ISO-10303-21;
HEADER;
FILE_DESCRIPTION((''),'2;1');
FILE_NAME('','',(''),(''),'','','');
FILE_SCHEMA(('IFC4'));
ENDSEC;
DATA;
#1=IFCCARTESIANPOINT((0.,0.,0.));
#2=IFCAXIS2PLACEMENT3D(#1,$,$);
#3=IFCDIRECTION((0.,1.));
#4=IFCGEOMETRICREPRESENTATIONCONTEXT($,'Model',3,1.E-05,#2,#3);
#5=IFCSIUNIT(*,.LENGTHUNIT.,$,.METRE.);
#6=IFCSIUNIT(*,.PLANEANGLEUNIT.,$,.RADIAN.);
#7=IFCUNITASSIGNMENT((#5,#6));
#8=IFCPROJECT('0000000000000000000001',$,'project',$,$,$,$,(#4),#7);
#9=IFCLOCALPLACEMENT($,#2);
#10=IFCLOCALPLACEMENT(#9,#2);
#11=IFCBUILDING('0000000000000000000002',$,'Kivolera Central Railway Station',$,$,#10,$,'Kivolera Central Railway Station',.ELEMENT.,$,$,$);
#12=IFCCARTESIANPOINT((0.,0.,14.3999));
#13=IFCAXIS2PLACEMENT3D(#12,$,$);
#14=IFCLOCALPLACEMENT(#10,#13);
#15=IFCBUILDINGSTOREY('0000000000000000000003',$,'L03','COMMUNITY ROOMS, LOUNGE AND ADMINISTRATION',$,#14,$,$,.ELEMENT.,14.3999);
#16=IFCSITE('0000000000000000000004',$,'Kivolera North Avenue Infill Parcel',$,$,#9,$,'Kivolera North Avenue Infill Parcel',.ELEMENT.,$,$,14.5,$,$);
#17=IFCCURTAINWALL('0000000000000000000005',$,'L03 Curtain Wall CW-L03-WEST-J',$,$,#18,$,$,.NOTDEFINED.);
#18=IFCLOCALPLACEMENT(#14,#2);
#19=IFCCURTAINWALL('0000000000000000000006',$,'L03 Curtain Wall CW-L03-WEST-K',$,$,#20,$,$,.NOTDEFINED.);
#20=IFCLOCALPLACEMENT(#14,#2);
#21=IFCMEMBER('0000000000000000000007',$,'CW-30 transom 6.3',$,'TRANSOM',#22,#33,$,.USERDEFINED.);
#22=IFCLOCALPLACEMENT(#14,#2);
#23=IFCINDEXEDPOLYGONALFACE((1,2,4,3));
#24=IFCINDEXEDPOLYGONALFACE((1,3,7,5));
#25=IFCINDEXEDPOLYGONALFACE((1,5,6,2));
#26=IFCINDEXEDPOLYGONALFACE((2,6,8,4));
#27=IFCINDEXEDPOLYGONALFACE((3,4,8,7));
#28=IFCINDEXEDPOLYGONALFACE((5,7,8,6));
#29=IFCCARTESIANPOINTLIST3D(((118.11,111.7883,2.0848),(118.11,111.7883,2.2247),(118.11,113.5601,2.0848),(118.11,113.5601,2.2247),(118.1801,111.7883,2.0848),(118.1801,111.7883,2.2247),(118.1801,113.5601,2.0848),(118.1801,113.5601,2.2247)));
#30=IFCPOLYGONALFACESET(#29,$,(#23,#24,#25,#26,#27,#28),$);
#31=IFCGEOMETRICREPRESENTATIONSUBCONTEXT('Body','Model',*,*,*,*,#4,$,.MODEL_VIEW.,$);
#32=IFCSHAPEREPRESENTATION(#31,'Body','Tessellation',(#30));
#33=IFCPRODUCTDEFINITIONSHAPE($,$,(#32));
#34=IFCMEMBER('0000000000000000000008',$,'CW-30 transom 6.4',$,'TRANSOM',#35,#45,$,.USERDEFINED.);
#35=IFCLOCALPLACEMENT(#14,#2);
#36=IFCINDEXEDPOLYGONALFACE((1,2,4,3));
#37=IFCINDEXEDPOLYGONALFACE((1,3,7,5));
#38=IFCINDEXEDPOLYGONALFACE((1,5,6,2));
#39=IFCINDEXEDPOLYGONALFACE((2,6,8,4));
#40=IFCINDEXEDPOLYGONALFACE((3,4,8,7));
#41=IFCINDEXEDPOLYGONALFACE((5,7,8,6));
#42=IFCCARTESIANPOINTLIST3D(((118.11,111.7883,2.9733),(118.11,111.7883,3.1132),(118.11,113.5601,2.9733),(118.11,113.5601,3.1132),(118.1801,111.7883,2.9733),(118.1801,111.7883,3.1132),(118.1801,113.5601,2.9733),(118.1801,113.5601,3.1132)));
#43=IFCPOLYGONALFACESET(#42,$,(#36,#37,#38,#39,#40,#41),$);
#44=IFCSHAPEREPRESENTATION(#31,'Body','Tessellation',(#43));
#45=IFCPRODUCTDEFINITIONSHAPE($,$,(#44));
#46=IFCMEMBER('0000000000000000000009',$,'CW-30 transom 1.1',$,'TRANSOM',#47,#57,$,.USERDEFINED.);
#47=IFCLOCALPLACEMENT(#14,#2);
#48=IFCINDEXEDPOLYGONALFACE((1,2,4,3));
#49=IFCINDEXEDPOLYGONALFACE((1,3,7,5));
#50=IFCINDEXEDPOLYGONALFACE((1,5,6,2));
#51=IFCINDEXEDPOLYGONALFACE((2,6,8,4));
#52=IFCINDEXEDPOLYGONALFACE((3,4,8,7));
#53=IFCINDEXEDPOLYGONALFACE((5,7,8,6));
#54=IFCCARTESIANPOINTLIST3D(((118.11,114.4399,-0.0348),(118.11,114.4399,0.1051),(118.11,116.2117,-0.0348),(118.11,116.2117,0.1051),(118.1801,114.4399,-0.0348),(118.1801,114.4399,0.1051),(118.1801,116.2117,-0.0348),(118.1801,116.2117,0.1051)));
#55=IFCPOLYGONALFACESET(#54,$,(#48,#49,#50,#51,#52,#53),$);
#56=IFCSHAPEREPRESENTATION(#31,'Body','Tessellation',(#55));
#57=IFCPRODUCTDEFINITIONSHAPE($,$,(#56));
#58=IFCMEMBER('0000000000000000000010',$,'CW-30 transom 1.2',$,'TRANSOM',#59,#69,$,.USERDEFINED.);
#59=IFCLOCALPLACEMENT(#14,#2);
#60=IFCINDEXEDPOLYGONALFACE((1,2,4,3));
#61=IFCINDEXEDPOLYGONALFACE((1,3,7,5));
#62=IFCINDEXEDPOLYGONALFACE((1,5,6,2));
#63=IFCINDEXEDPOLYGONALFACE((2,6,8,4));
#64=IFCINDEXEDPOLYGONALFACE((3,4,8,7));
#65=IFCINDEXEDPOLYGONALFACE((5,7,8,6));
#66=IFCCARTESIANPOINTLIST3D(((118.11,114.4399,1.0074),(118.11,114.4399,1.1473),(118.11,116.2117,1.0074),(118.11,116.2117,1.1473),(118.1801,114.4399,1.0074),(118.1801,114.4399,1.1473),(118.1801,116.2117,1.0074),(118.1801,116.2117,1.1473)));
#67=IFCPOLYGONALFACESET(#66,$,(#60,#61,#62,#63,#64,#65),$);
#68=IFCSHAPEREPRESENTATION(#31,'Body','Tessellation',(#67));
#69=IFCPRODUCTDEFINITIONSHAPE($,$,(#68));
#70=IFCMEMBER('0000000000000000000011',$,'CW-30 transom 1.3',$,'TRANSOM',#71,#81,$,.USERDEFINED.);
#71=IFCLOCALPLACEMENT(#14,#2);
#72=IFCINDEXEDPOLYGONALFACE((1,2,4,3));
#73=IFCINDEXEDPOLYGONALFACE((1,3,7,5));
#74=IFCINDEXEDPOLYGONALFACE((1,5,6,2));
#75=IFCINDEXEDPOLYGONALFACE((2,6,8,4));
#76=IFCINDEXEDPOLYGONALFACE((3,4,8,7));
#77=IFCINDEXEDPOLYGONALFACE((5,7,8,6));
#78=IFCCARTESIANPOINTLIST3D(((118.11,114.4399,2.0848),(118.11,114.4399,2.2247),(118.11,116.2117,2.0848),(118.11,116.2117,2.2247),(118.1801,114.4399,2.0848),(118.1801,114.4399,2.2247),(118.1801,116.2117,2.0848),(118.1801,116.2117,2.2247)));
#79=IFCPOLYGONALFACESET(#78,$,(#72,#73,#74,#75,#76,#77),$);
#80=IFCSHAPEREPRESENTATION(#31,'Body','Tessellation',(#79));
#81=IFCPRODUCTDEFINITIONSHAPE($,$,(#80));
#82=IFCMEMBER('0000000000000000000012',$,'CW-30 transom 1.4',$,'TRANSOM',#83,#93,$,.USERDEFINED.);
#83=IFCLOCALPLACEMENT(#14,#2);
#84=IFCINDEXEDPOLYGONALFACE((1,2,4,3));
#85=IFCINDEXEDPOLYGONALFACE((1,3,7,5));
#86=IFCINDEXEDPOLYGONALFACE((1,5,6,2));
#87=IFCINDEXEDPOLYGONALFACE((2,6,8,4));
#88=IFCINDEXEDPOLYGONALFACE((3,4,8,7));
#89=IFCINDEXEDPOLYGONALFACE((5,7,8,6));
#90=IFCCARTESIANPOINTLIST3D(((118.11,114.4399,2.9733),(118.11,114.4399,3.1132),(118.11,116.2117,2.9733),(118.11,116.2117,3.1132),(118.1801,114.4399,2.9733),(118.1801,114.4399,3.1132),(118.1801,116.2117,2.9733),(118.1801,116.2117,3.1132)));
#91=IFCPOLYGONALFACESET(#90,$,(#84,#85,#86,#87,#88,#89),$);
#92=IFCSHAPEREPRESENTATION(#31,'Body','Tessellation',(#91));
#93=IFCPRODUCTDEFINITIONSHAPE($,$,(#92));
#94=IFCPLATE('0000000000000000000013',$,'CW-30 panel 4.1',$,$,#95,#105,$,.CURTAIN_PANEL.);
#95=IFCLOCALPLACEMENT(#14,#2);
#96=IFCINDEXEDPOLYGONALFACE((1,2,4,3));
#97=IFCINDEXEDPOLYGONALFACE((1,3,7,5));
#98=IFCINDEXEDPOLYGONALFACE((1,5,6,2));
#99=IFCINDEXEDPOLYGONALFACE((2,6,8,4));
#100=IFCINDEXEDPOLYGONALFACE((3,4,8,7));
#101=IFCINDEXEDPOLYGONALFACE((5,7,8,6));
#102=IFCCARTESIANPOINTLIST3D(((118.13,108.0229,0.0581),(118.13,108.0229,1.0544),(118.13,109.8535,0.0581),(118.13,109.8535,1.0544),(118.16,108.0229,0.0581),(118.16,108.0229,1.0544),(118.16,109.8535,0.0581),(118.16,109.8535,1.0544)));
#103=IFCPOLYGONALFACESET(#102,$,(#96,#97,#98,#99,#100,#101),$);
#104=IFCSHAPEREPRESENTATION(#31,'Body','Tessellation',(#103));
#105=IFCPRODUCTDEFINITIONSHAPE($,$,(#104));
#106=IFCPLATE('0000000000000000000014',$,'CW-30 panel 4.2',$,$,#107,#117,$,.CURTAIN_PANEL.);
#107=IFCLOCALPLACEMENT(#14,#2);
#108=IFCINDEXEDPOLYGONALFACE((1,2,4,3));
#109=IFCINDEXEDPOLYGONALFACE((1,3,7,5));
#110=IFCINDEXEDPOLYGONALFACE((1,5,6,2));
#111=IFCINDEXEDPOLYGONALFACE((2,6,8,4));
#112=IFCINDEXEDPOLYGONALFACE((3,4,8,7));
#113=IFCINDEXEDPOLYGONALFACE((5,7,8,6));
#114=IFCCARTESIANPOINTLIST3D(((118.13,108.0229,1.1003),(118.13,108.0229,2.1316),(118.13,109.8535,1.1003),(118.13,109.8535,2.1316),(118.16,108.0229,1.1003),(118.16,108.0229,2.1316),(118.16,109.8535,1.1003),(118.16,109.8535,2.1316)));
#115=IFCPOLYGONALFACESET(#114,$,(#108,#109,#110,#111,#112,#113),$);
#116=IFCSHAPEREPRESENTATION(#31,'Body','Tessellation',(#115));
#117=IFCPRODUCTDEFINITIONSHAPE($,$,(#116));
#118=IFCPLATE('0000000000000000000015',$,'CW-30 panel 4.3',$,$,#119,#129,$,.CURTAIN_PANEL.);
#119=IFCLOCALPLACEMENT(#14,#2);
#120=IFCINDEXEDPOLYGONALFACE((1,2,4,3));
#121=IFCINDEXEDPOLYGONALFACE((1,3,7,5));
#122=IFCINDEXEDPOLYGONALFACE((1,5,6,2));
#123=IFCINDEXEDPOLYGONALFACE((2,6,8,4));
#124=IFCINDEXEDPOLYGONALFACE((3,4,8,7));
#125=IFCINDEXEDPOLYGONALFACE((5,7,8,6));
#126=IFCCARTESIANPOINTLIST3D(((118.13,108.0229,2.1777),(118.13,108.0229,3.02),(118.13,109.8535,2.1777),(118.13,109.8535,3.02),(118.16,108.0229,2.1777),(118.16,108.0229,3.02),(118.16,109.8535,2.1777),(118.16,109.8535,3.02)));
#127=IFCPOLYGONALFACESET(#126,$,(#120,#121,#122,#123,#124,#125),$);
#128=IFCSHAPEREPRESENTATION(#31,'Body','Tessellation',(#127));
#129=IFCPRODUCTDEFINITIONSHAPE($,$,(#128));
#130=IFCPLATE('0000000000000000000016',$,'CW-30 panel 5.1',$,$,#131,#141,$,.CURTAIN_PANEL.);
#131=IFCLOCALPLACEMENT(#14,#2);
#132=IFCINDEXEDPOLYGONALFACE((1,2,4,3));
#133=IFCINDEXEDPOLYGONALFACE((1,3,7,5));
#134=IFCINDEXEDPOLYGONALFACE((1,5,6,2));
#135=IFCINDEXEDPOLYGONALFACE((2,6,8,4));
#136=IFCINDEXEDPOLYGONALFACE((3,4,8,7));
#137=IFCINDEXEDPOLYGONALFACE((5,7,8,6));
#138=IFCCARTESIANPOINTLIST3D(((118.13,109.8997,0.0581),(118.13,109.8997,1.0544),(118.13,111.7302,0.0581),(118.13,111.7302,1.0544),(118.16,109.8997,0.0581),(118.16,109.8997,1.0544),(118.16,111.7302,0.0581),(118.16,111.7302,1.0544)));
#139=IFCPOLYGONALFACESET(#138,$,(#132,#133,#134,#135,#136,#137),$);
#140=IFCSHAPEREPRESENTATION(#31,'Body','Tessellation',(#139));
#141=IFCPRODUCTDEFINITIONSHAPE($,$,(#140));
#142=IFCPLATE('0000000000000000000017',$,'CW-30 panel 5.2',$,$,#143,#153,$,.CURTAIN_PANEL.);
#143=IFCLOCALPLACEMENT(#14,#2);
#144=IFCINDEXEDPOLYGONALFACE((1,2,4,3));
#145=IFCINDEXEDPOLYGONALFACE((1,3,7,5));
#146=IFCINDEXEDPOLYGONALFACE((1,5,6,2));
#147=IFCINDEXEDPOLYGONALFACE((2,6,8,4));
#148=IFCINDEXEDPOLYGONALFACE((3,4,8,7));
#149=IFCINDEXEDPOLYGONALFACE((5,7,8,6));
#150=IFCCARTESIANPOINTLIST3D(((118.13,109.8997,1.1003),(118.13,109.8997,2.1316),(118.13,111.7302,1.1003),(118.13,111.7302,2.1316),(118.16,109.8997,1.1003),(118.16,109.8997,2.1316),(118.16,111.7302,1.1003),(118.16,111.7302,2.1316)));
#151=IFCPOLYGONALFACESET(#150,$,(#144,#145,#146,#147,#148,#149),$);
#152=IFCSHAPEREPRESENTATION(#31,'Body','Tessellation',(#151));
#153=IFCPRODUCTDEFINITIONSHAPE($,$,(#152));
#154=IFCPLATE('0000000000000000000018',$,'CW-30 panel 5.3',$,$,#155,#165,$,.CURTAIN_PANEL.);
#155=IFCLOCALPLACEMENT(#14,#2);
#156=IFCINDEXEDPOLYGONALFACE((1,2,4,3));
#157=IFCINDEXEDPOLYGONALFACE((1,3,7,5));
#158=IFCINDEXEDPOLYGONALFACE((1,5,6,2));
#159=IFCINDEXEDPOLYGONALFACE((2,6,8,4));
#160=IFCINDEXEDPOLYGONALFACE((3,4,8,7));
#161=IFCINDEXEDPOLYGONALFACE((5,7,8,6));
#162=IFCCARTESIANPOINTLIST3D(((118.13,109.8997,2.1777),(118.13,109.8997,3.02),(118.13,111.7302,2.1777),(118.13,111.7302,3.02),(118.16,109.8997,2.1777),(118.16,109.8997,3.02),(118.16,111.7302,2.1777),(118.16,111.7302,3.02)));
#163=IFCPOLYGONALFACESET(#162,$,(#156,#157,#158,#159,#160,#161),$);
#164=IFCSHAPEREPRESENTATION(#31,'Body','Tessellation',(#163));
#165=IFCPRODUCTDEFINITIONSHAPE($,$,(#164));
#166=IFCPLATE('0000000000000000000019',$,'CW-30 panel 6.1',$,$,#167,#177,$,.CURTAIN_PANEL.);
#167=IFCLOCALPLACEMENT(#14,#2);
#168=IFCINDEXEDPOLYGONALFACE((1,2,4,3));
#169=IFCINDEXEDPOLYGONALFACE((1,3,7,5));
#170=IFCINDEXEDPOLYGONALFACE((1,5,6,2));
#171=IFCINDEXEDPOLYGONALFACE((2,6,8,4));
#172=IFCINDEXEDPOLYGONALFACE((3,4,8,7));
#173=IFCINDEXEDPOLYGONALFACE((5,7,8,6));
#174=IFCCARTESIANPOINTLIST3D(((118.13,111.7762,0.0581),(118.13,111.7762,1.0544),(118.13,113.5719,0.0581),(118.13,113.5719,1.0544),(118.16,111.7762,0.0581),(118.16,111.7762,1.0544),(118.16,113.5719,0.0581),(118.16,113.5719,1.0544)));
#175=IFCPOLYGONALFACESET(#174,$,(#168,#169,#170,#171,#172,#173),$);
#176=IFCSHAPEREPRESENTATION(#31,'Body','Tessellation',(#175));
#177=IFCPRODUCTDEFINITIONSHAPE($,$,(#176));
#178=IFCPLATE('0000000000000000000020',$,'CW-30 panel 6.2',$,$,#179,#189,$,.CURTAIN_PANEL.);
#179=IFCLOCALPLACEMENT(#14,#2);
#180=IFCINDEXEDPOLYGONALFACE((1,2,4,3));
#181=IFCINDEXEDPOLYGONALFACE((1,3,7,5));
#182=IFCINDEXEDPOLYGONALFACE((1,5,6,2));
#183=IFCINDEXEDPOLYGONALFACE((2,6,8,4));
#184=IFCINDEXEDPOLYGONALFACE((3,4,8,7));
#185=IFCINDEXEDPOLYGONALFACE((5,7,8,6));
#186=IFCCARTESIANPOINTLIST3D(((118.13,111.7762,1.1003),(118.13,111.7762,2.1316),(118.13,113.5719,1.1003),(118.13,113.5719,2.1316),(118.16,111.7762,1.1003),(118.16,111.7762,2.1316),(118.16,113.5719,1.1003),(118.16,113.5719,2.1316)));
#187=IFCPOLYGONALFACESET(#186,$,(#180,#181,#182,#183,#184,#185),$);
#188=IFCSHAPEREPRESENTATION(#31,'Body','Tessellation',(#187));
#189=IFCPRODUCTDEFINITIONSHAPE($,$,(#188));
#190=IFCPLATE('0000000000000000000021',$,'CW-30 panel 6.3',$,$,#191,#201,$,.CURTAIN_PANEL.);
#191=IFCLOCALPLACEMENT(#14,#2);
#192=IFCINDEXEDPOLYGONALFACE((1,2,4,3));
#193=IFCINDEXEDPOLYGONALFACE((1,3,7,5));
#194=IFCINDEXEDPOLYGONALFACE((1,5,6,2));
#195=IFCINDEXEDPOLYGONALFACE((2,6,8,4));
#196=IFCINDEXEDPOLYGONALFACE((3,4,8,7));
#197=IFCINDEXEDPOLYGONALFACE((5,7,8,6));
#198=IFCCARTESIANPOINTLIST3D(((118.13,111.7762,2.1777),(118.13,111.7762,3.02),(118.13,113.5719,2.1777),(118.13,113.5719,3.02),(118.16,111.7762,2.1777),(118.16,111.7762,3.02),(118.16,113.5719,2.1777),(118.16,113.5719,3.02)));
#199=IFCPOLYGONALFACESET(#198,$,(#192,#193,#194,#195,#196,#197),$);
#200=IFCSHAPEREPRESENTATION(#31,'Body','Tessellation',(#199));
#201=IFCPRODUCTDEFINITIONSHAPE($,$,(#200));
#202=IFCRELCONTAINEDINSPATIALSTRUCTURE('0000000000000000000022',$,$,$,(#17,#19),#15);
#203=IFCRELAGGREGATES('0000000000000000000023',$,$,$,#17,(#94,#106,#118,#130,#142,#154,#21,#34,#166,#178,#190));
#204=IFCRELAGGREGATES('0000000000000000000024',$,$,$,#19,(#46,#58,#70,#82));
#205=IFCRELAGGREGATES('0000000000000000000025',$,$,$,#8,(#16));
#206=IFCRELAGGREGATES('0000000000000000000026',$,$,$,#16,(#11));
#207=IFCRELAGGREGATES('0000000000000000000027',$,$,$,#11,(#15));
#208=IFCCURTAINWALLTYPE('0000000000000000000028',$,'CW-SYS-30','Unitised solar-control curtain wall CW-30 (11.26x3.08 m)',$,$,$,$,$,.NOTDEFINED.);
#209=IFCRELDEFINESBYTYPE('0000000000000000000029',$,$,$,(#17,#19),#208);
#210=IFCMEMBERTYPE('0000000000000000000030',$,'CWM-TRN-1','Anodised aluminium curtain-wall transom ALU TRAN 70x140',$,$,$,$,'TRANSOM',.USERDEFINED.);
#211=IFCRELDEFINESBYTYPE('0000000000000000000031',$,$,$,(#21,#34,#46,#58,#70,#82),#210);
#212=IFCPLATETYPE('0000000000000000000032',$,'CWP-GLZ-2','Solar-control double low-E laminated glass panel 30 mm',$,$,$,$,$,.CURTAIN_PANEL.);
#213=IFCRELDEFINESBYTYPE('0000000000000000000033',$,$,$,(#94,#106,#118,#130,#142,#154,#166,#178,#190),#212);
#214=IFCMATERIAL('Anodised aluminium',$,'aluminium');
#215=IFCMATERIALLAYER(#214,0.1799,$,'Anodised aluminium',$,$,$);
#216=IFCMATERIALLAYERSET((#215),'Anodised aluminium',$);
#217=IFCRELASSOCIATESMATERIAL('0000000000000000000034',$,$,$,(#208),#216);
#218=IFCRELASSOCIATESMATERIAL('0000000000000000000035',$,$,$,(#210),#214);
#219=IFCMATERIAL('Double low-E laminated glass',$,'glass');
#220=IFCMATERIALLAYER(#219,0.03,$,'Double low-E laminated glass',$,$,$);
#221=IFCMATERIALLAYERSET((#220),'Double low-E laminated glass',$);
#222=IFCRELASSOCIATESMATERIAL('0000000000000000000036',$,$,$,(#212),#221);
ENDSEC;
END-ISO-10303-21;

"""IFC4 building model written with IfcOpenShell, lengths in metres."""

from ifc_helpers import new_model, si_unit, direction, frame, origin, origin_2d, place, context, subcontext, project, spatial, rectangle, extrude, material, layer, layer_set, material_profile, profile_set, type_object, element, aggregate, save


model = new_model("IFC4")

# Units and contexts
model_context = context("Model", 3, precision=1e-05, world=origin(), true_north=direction((0.0, 1.0)))
body_context = subcontext(model_context, "Body", "Model", "MODEL_VIEW")
ifc_project = project(units=[si_unit("LENGTHUNIT", "METRE"), si_unit("PLANEANGLEUNIT", "RADIAN")], contexts=[model_context])

# Site, building, storey
site_placement = place(None, origin())
site = spatial("IfcSite", under=ifc_project, at=site_placement, Name="Kivolera North Avenue Infill Parcel", LongName="Kivolera North Avenue Infill Parcel", CompositionType="ELEMENT", RefElevation=14.5)
building_placement = place(site_placement, origin())
building = spatial("IfcBuilding", under=site, at=building_placement, Name="Kivolera Central Railway Station", LongName="Kivolera Central Railway Station", CompositionType="ELEMENT")
storey_placement = place(building_placement, frame((0.0, 0.0, 14.3999)))
storey = spatial("IfcBuildingStorey", under=building, at=storey_placement, Name="L03", Description="COMMUNITY ROOMS, LOUNGE AND ADMINISTRATION", CompositionType="ELEMENT", Elevation=14.3999)

# Curtain wall
ifc_material_1 = material(Name="Anodised aluminium", Category="aluminium")
ifc_layer_1 = layer(ifc_material_1, 0.1799, Name="Anodised aluminium")
ifc_layer_set_1 = layer_set([ifc_layer_1], Name="Anodised aluminium")
curtain_wall_type = type_object("IfcCurtainWallType", Name="CW-SYS-30", Description="Unitised solar-control curtain wall CW-30 (11.26x3.08 m)", PredefinedType="NOTDEFINED", material=ifc_layer_set_1)
curtain_wall_1_placement = place(storey_placement, origin())
curtain_wall_1 = element("IfcCurtainWall", 1, at=curtain_wall_1_placement, inside=storey, type_object=curtain_wall_type, Name="L03 Curtain Wall CW-L03-WEST-J", PredefinedType="NOTDEFINED")

# Curtain wall
curtain_wall_2_placement = place(storey_placement, origin())
curtain_wall_2 = element("IfcCurtainWall", 2, at=curtain_wall_2_placement, inside=storey, type_object=curtain_wall_type, Name="L03 Curtain Wall CW-L03-WEST-K", PredefinedType="NOTDEFINED")

# Members
ifc_material_profile_1 = material_profile(ifc_material_1, rectangle(XDim=0.0701, YDim=0.1399, at=origin_2d()), Name="ALU TRAN 70x140")
ifc_profile_set_1 = profile_set([ifc_material_profile_1], Name="Anodised aluminium")
member_type_1 = type_object("IfcMemberType", Name="CWM-TRN-1", Description="Anodised aluminium curtain-wall transom ALU TRAN 70x140", ElementType="TRANSOM", PredefinedType="USERDEFINED", material=ifc_profile_set_1)
member_1_placement = place(storey_placement, frame((118.145, 111.7883, 2.1548), z_axis=(0.0, 1.0, 0.0), x_axis=(-1.0, 0.0, 0.0)))
member_1 = element("IfcMember", 3, at=member_1_placement, type_object=member_type_1, Name="CW-30 transom 6.3", ObjectType="TRANSOM", PredefinedType="USERDEFINED", context=body_context, shape_type="SweptSolid", body=[
    extrude(rectangle(XDim=0.0701, YDim=0.1399, at=origin_2d()), origin(), (0.0, 0.0, 1.0), 1.7717),
])
member_2_placement = place(storey_placement, frame((118.145, 111.7883, 3.0432), z_axis=(0.0, 1.0, 0.0), x_axis=(-1.0, 0.0, 0.0)))
member_2 = element("IfcMember", 4, at=member_2_placement, type_object=member_type_1, Name="CW-30 transom 6.4", ObjectType="TRANSOM", PredefinedType="USERDEFINED", context=body_context, shape_type="SweptSolid", body=[
    extrude(rectangle(XDim=0.0701, YDim=0.1399, at=origin_2d()), origin(), (0.0, 0.0, 1.0), 1.7717),
])
member_3_placement = place(storey_placement, frame((118.145, 114.4399, 0.0352), z_axis=(0.0, 1.0, 0.0), x_axis=(-1.0, 0.0, 0.0)))
member_3 = element("IfcMember", 5, at=member_3_placement, type_object=member_type_1, Name="CW-30 transom 1.1", ObjectType="TRANSOM", PredefinedType="USERDEFINED", context=body_context, shape_type="SweptSolid", body=[
    extrude(rectangle(XDim=0.0701, YDim=0.1399, at=origin_2d()), origin(), (0.0, 0.0, 1.0), 1.7717),
])
member_4_placement = place(storey_placement, frame((118.145, 114.4399, 1.0774), z_axis=(0.0, 1.0, 0.0), x_axis=(-1.0, 0.0, 0.0)))
member_4 = element("IfcMember", 6, at=member_4_placement, type_object=member_type_1, Name="CW-30 transom 1.2", ObjectType="TRANSOM", PredefinedType="USERDEFINED", context=body_context, shape_type="SweptSolid", body=[
    extrude(rectangle(XDim=0.0701, YDim=0.1399, at=origin_2d()), origin(), (0.0, 0.0, 1.0), 1.7717),
])
member_5_placement = place(storey_placement, frame((118.145, 114.4399, 2.1548), z_axis=(0.0, 1.0, 0.0), x_axis=(-1.0, 0.0, 0.0)))
member_5 = element("IfcMember", 7, at=member_5_placement, type_object=member_type_1, Name="CW-30 transom 1.3", ObjectType="TRANSOM", PredefinedType="USERDEFINED", context=body_context, shape_type="SweptSolid", body=[
    extrude(rectangle(XDim=0.0701, YDim=0.1399, at=origin_2d()), origin(), (0.0, 0.0, 1.0), 1.7717),
])
member_6_placement = place(storey_placement, frame((118.145, 114.4399, 3.0432), z_axis=(0.0, 1.0, 0.0), x_axis=(-1.0, 0.0, 0.0)))
member_6 = element("IfcMember", 8, at=member_6_placement, type_object=member_type_1, Name="CW-30 transom 1.4", ObjectType="TRANSOM", PredefinedType="USERDEFINED", context=body_context, shape_type="SweptSolid", body=[
    extrude(rectangle(XDim=0.0701, YDim=0.1399, at=origin_2d()), origin(), (0.0, 0.0, 1.0), 1.7717),
])

# Plates
ifc_material_2 = material(Name="Double low-E laminated glass", Category="glass")
ifc_layer_2 = layer(ifc_material_2, 0.03, Name="Double low-E laminated glass")
ifc_layer_set_2 = layer_set([ifc_layer_2], Name="Double low-E laminated glass")
plate_type = type_object("IfcPlateType", Name="CWP-GLZ-2", Description="Solar-control double low-E laminated glass panel 30 mm", PredefinedType="CURTAIN_PANEL", material=ifc_layer_set_2)
plate_1_placement = place(storey_placement, frame((118.145, 108.9382, 0.0581), z_axis=(0.0, 0.0, 1.0), x_axis=(0.0, 1.0, 0.0)))
plate_1 = element("IfcPlate", 9, at=plate_1_placement, type_object=plate_type, Name="CW-30 panel 4.1", PredefinedType="CURTAIN_PANEL", context=body_context, shape_type="SweptSolid", body=[
    extrude(rectangle(XDim=1.8306, YDim=0.03, at=origin_2d()), origin(), (0.0, 0.0, 1.0), 0.9963),
])
plate_2_placement = place(storey_placement, frame((118.145, 108.9382, 1.1003), z_axis=(0.0, 0.0, 1.0), x_axis=(0.0, 1.0, 0.0)))
plate_2 = element("IfcPlate", 10, at=plate_2_placement, type_object=plate_type, Name="CW-30 panel 4.2", PredefinedType="CURTAIN_PANEL", context=body_context, shape_type="SweptSolid", body=[
    extrude(rectangle(XDim=1.8306, YDim=0.03, at=origin_2d()), origin(), (0.0, 0.0, 1.0), 1.0312),
])
plate_3_placement = place(storey_placement, frame((118.145, 108.9382, 2.1777), z_axis=(0.0, 0.0, 1.0), x_axis=(0.0, 1.0, 0.0)))
plate_3 = element("IfcPlate", 11, at=plate_3_placement, type_object=plate_type, Name="CW-30 panel 4.3", PredefinedType="CURTAIN_PANEL", context=body_context, shape_type="SweptSolid", body=[
    extrude(rectangle(XDim=1.8306, YDim=0.03, at=origin_2d()), origin(), (0.0, 0.0, 1.0), 0.8423),
])
plate_4_placement = place(storey_placement, frame((118.145, 110.8149, 0.0581), z_axis=(0.0, 0.0, 1.0), x_axis=(0.0, 1.0, 0.0)))
plate_4 = element("IfcPlate", 12, at=plate_4_placement, type_object=plate_type, Name="CW-30 panel 5.1", PredefinedType="CURTAIN_PANEL", context=body_context, shape_type="SweptSolid", body=[
    extrude(rectangle(XDim=1.8306, YDim=0.03, at=origin_2d()), origin(), (0.0, 0.0, 1.0), 0.9963),
])
plate_5_placement = place(storey_placement, frame((118.145, 110.8149, 1.1003), z_axis=(0.0, 0.0, 1.0), x_axis=(0.0, 1.0, 0.0)))
plate_5 = element("IfcPlate", 13, at=plate_5_placement, type_object=plate_type, Name="CW-30 panel 5.2", PredefinedType="CURTAIN_PANEL", context=body_context, shape_type="SweptSolid", body=[
    extrude(rectangle(XDim=1.8306, YDim=0.03, at=origin_2d()), origin(), (0.0, 0.0, 1.0), 1.0312),
])
plate_6_placement = place(storey_placement, frame((118.145, 110.8149, 2.1777), z_axis=(0.0, 0.0, 1.0), x_axis=(0.0, 1.0, 0.0)))
plate_6 = element("IfcPlate", 14, at=plate_6_placement, type_object=plate_type, Name="CW-30 panel 5.3", PredefinedType="CURTAIN_PANEL", context=body_context, shape_type="SweptSolid", body=[
    extrude(rectangle(XDim=1.8306, YDim=0.03, at=origin_2d()), origin(), (0.0, 0.0, 1.0), 0.8423),
])
plate_7_placement = place(storey_placement, frame((118.145, 112.6741, 0.0581), z_axis=(0.0, 0.0, 1.0), x_axis=(0.0, 1.0, 0.0)))
plate_7 = element("IfcPlate", 15, at=plate_7_placement, type_object=plate_type, Name="CW-30 panel 6.1", PredefinedType="CURTAIN_PANEL", context=body_context, shape_type="SweptSolid", body=[
    extrude(rectangle(XDim=1.7957, YDim=0.03, at=origin_2d()), origin(), (0.0, 0.0, 1.0), 0.9963),
])
plate_8_placement = place(storey_placement, frame((118.145, 112.6741, 1.1003), z_axis=(0.0, 0.0, 1.0), x_axis=(0.0, 1.0, 0.0)))
plate_8 = element("IfcPlate", 16, at=plate_8_placement, type_object=plate_type, Name="CW-30 panel 6.2", PredefinedType="CURTAIN_PANEL", context=body_context, shape_type="SweptSolid", body=[
    extrude(rectangle(XDim=1.7957, YDim=0.03, at=origin_2d()), origin(), (0.0, 0.0, 1.0), 1.0312),
])
plate_9_placement = place(storey_placement, frame((118.145, 112.6741, 2.1777), z_axis=(0.0, 0.0, 1.0), x_axis=(0.0, 1.0, 0.0)))
plate_9 = element("IfcPlate", 17, at=plate_9_placement, type_object=plate_type, Name="CW-30 panel 6.3", PredefinedType="CURTAIN_PANEL", context=body_context, shape_type="SweptSolid", body=[
    extrude(rectangle(XDim=1.7957, YDim=0.03, at=origin_2d()), origin(), (0.0, 0.0, 1.0), 0.8423),
])
aggregate(curtain_wall_1, [plate_1, plate_2, plate_3, plate_4, plate_5, plate_6, member_1, member_2, plate_7, plate_8, plate_9])
aggregate(curtain_wall_2, [member_3, member_4, member_5, member_6])

save(model, "model.ifc")
